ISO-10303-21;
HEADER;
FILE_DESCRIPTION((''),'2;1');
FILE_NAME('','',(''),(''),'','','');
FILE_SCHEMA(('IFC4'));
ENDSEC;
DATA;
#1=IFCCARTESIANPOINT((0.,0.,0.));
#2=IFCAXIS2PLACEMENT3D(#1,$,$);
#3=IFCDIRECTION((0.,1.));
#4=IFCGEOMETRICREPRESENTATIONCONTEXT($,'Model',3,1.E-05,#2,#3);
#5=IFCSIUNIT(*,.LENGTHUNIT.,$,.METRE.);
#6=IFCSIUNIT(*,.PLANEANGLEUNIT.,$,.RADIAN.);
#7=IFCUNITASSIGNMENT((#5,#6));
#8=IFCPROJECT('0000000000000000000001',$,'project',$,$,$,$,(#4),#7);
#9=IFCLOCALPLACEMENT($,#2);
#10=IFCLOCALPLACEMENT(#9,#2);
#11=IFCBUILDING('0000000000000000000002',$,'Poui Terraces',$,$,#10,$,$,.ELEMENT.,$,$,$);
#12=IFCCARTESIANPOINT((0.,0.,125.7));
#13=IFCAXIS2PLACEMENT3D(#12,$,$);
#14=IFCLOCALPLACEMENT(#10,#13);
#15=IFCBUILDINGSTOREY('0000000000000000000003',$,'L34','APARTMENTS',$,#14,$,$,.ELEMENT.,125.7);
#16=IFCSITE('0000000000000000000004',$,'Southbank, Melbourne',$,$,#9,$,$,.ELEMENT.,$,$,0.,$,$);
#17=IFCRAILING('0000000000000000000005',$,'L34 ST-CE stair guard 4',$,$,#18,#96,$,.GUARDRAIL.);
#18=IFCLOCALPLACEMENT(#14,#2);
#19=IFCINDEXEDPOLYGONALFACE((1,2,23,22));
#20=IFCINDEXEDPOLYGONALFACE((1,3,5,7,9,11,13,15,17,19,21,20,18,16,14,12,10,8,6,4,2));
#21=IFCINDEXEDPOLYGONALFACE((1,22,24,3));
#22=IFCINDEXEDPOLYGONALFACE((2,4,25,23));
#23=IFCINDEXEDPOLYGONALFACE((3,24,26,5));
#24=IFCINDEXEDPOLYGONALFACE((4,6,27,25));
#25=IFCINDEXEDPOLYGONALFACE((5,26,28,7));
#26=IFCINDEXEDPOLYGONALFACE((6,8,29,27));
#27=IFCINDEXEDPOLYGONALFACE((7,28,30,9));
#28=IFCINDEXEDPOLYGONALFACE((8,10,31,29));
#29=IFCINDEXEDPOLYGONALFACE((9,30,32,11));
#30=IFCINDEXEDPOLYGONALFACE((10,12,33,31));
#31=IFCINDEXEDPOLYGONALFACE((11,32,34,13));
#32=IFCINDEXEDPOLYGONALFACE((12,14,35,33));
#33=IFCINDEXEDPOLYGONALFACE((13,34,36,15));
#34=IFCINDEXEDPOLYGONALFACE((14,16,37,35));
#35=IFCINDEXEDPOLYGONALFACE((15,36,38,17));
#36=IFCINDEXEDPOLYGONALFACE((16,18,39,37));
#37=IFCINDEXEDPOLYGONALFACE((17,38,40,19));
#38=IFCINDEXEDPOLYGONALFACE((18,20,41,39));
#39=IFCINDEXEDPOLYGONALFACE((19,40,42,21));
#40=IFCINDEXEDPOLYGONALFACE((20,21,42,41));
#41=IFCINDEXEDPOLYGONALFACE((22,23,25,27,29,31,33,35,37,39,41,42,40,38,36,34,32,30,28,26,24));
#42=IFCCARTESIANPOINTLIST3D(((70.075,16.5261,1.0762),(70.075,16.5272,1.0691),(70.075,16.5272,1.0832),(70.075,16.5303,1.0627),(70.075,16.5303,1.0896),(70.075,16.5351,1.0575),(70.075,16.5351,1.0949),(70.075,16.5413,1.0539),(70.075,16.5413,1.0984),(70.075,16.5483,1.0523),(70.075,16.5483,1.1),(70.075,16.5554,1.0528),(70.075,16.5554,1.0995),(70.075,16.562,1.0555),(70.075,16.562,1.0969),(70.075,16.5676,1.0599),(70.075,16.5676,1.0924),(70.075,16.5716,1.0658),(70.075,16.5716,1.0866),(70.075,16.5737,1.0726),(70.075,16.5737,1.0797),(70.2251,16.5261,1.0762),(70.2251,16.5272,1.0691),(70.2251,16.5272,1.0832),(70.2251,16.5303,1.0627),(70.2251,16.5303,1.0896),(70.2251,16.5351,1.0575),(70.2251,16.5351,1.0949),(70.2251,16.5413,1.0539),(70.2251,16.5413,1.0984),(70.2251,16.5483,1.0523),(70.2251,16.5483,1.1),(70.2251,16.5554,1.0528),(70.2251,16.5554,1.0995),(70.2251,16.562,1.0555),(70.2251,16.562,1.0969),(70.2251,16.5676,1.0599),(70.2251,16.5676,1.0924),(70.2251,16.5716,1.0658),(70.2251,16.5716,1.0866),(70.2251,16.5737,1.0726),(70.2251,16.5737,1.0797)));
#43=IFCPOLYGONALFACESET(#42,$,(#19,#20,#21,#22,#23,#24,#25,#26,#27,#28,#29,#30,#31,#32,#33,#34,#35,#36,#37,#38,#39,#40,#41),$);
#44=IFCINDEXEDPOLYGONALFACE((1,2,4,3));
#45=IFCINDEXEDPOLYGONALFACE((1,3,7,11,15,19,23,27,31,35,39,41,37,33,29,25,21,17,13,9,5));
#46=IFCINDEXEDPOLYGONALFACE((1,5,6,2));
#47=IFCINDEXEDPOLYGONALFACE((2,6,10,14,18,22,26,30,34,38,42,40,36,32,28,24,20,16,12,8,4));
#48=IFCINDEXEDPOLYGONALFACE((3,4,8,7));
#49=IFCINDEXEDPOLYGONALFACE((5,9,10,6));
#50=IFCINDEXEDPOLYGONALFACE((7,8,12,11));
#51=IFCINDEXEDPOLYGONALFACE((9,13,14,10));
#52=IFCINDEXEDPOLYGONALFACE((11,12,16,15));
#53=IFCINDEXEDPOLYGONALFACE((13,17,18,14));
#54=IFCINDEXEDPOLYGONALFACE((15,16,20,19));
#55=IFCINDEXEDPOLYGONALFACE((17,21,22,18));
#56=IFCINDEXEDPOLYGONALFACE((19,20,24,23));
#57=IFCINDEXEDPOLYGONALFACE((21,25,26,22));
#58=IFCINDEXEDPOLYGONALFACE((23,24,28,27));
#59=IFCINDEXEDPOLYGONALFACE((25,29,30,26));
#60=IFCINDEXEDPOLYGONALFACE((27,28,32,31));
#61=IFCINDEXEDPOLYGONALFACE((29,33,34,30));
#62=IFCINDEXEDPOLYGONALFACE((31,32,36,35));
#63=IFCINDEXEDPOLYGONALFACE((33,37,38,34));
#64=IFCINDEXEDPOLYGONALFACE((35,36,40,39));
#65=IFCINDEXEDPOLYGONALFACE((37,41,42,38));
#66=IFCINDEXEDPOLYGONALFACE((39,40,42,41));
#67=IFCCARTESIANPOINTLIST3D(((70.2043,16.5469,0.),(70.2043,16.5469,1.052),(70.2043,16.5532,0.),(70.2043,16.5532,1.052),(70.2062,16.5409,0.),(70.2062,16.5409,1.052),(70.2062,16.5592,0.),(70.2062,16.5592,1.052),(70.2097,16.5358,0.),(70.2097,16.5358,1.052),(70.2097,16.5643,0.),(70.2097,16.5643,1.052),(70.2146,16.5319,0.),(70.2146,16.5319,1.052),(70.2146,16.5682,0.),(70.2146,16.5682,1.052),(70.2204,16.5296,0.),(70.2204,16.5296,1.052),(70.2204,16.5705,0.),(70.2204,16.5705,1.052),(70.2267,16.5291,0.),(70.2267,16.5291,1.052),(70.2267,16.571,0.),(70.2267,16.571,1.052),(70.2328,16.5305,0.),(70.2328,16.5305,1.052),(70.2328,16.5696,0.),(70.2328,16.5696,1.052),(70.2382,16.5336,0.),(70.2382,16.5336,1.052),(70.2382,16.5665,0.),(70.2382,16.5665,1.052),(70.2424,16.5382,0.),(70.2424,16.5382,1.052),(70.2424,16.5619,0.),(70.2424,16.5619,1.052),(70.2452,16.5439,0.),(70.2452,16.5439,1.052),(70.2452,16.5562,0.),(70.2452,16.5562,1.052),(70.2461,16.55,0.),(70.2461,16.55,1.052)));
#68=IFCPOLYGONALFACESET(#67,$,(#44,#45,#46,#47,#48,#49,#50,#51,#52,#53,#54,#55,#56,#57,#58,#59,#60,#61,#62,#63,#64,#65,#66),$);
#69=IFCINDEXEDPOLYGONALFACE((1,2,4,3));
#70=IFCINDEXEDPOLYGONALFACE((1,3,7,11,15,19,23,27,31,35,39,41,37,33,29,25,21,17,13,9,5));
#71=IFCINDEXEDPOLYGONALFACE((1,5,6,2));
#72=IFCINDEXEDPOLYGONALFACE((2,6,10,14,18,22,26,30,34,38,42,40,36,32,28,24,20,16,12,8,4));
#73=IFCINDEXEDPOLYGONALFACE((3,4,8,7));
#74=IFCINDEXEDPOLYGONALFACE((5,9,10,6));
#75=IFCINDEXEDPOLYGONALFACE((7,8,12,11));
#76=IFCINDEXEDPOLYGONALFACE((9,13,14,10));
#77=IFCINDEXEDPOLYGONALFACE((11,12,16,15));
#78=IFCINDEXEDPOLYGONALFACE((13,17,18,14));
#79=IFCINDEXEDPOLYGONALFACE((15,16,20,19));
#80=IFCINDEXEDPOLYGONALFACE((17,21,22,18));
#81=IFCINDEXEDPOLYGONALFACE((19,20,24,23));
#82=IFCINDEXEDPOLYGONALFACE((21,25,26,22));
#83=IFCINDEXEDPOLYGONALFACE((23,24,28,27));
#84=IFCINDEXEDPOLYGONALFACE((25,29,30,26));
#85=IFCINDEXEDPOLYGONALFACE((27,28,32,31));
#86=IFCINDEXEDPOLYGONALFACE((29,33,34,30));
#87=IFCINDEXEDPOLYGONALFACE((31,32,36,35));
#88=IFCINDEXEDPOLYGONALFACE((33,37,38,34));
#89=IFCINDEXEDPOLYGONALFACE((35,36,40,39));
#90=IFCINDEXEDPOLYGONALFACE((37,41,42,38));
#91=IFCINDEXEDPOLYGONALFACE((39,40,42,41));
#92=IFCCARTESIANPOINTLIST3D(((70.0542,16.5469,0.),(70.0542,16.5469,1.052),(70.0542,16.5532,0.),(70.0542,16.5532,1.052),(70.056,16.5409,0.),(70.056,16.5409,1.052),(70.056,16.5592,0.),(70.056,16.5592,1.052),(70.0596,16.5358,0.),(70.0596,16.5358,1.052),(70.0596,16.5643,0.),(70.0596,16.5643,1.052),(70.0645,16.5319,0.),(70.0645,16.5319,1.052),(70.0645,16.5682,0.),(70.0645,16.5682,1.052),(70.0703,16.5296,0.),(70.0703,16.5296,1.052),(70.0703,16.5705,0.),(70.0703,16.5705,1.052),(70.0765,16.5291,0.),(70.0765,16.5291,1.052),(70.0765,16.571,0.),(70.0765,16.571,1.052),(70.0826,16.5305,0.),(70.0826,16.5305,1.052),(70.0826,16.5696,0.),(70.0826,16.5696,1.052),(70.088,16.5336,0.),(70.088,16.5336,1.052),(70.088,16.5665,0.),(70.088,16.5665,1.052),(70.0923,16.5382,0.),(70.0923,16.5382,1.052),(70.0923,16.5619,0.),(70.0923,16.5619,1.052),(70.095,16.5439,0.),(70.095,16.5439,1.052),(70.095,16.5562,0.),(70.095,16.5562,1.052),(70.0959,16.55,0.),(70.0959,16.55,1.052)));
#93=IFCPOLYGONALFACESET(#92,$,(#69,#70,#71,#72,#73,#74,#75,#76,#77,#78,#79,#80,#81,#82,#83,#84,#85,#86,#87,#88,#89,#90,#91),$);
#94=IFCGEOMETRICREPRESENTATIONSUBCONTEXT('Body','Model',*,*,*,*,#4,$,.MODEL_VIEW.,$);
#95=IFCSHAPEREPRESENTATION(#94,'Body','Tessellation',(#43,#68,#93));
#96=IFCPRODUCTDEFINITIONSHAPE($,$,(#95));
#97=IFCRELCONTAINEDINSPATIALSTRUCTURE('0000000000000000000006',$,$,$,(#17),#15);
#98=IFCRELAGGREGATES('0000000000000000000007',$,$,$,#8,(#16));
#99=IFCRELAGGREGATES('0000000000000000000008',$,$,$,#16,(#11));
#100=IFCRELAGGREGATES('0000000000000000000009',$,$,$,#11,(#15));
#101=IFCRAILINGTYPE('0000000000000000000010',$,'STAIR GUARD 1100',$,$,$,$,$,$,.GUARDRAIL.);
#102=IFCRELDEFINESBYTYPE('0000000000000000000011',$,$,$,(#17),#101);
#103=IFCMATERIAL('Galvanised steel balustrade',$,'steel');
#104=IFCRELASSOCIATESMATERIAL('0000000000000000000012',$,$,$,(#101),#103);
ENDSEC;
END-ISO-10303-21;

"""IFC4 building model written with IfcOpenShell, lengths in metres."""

from ifc_helpers import new_model, si_unit, direction, frame, origin, origin_2d, place, context, subcontext, project, spatial, circle, extrude, material, type_object, element, save


model = new_model("IFC4")

# Units and contexts
model_context = context("Model", 3, precision=1e-05, world=origin(), true_north=direction((0.0, 1.0)))
body_context = subcontext(model_context, "Body", "Model", "MODEL_VIEW")
ifc_project = project(units=[si_unit("LENGTHUNIT", "METRE"), si_unit("PLANEANGLEUNIT", "RADIAN")], contexts=[model_context])

# Site, building, storey
site_placement = place(None, origin())
site = spatial("IfcSite", under=ifc_project, at=site_placement, Name="Southbank, Melbourne", CompositionType="ELEMENT", RefElevation=0.0)
building_placement = place(site_placement, origin())
building = spatial("IfcBuilding", under=site, at=building_placement, Name="Poui Terraces", CompositionType="ELEMENT")
storey_placement = place(building_placement, frame((0.0, 0.0, 125.7)))
storey = spatial("IfcBuildingStorey", under=building, at=storey_placement, Name="L34", Description="APARTMENTS", CompositionType="ELEMENT", Elevation=125.7)

# Railing
ifc_material_1 = material(Name="Galvanised steel balustrade", Category="steel")
railing_type_1 = type_object("IfcRailingType", Name="STAIR GUARD 1100", PredefinedType="GUARDRAIL", material=ifc_material_1)
railing_1_placement = place(storey_placement, frame((70.2251, 16.55, 0.0)))
element("IfcRailing", 1, at=railing_1_placement, inside=storey, type_object=railing_type_1, Name="L34 ST-CE stair guard 4", PredefinedType="GUARDRAIL", context=body_context, shape_type="SweptSolid", body=[
    extrude(circle(Radius=0.0239, at=origin_2d()), frame((0.0, 0.0, 1.0762), z_axis=(-1.0, 0.0, 0.0), x_axis=(0.0, -1.0, 0.0)), (0.0, 0.0, 1.0), 0.1501),
    extrude(circle(Radius=0.021, at=origin_2d()), origin(), (0.0, 0.0, 1.0), 1.052),
    extrude(circle(Radius=0.021, at=origin_2d()), frame((-0.1501, 0.0, 0.0)), (0.0, 0.0, 1.0), 1.052),
])

save(model, "model.ifc")
